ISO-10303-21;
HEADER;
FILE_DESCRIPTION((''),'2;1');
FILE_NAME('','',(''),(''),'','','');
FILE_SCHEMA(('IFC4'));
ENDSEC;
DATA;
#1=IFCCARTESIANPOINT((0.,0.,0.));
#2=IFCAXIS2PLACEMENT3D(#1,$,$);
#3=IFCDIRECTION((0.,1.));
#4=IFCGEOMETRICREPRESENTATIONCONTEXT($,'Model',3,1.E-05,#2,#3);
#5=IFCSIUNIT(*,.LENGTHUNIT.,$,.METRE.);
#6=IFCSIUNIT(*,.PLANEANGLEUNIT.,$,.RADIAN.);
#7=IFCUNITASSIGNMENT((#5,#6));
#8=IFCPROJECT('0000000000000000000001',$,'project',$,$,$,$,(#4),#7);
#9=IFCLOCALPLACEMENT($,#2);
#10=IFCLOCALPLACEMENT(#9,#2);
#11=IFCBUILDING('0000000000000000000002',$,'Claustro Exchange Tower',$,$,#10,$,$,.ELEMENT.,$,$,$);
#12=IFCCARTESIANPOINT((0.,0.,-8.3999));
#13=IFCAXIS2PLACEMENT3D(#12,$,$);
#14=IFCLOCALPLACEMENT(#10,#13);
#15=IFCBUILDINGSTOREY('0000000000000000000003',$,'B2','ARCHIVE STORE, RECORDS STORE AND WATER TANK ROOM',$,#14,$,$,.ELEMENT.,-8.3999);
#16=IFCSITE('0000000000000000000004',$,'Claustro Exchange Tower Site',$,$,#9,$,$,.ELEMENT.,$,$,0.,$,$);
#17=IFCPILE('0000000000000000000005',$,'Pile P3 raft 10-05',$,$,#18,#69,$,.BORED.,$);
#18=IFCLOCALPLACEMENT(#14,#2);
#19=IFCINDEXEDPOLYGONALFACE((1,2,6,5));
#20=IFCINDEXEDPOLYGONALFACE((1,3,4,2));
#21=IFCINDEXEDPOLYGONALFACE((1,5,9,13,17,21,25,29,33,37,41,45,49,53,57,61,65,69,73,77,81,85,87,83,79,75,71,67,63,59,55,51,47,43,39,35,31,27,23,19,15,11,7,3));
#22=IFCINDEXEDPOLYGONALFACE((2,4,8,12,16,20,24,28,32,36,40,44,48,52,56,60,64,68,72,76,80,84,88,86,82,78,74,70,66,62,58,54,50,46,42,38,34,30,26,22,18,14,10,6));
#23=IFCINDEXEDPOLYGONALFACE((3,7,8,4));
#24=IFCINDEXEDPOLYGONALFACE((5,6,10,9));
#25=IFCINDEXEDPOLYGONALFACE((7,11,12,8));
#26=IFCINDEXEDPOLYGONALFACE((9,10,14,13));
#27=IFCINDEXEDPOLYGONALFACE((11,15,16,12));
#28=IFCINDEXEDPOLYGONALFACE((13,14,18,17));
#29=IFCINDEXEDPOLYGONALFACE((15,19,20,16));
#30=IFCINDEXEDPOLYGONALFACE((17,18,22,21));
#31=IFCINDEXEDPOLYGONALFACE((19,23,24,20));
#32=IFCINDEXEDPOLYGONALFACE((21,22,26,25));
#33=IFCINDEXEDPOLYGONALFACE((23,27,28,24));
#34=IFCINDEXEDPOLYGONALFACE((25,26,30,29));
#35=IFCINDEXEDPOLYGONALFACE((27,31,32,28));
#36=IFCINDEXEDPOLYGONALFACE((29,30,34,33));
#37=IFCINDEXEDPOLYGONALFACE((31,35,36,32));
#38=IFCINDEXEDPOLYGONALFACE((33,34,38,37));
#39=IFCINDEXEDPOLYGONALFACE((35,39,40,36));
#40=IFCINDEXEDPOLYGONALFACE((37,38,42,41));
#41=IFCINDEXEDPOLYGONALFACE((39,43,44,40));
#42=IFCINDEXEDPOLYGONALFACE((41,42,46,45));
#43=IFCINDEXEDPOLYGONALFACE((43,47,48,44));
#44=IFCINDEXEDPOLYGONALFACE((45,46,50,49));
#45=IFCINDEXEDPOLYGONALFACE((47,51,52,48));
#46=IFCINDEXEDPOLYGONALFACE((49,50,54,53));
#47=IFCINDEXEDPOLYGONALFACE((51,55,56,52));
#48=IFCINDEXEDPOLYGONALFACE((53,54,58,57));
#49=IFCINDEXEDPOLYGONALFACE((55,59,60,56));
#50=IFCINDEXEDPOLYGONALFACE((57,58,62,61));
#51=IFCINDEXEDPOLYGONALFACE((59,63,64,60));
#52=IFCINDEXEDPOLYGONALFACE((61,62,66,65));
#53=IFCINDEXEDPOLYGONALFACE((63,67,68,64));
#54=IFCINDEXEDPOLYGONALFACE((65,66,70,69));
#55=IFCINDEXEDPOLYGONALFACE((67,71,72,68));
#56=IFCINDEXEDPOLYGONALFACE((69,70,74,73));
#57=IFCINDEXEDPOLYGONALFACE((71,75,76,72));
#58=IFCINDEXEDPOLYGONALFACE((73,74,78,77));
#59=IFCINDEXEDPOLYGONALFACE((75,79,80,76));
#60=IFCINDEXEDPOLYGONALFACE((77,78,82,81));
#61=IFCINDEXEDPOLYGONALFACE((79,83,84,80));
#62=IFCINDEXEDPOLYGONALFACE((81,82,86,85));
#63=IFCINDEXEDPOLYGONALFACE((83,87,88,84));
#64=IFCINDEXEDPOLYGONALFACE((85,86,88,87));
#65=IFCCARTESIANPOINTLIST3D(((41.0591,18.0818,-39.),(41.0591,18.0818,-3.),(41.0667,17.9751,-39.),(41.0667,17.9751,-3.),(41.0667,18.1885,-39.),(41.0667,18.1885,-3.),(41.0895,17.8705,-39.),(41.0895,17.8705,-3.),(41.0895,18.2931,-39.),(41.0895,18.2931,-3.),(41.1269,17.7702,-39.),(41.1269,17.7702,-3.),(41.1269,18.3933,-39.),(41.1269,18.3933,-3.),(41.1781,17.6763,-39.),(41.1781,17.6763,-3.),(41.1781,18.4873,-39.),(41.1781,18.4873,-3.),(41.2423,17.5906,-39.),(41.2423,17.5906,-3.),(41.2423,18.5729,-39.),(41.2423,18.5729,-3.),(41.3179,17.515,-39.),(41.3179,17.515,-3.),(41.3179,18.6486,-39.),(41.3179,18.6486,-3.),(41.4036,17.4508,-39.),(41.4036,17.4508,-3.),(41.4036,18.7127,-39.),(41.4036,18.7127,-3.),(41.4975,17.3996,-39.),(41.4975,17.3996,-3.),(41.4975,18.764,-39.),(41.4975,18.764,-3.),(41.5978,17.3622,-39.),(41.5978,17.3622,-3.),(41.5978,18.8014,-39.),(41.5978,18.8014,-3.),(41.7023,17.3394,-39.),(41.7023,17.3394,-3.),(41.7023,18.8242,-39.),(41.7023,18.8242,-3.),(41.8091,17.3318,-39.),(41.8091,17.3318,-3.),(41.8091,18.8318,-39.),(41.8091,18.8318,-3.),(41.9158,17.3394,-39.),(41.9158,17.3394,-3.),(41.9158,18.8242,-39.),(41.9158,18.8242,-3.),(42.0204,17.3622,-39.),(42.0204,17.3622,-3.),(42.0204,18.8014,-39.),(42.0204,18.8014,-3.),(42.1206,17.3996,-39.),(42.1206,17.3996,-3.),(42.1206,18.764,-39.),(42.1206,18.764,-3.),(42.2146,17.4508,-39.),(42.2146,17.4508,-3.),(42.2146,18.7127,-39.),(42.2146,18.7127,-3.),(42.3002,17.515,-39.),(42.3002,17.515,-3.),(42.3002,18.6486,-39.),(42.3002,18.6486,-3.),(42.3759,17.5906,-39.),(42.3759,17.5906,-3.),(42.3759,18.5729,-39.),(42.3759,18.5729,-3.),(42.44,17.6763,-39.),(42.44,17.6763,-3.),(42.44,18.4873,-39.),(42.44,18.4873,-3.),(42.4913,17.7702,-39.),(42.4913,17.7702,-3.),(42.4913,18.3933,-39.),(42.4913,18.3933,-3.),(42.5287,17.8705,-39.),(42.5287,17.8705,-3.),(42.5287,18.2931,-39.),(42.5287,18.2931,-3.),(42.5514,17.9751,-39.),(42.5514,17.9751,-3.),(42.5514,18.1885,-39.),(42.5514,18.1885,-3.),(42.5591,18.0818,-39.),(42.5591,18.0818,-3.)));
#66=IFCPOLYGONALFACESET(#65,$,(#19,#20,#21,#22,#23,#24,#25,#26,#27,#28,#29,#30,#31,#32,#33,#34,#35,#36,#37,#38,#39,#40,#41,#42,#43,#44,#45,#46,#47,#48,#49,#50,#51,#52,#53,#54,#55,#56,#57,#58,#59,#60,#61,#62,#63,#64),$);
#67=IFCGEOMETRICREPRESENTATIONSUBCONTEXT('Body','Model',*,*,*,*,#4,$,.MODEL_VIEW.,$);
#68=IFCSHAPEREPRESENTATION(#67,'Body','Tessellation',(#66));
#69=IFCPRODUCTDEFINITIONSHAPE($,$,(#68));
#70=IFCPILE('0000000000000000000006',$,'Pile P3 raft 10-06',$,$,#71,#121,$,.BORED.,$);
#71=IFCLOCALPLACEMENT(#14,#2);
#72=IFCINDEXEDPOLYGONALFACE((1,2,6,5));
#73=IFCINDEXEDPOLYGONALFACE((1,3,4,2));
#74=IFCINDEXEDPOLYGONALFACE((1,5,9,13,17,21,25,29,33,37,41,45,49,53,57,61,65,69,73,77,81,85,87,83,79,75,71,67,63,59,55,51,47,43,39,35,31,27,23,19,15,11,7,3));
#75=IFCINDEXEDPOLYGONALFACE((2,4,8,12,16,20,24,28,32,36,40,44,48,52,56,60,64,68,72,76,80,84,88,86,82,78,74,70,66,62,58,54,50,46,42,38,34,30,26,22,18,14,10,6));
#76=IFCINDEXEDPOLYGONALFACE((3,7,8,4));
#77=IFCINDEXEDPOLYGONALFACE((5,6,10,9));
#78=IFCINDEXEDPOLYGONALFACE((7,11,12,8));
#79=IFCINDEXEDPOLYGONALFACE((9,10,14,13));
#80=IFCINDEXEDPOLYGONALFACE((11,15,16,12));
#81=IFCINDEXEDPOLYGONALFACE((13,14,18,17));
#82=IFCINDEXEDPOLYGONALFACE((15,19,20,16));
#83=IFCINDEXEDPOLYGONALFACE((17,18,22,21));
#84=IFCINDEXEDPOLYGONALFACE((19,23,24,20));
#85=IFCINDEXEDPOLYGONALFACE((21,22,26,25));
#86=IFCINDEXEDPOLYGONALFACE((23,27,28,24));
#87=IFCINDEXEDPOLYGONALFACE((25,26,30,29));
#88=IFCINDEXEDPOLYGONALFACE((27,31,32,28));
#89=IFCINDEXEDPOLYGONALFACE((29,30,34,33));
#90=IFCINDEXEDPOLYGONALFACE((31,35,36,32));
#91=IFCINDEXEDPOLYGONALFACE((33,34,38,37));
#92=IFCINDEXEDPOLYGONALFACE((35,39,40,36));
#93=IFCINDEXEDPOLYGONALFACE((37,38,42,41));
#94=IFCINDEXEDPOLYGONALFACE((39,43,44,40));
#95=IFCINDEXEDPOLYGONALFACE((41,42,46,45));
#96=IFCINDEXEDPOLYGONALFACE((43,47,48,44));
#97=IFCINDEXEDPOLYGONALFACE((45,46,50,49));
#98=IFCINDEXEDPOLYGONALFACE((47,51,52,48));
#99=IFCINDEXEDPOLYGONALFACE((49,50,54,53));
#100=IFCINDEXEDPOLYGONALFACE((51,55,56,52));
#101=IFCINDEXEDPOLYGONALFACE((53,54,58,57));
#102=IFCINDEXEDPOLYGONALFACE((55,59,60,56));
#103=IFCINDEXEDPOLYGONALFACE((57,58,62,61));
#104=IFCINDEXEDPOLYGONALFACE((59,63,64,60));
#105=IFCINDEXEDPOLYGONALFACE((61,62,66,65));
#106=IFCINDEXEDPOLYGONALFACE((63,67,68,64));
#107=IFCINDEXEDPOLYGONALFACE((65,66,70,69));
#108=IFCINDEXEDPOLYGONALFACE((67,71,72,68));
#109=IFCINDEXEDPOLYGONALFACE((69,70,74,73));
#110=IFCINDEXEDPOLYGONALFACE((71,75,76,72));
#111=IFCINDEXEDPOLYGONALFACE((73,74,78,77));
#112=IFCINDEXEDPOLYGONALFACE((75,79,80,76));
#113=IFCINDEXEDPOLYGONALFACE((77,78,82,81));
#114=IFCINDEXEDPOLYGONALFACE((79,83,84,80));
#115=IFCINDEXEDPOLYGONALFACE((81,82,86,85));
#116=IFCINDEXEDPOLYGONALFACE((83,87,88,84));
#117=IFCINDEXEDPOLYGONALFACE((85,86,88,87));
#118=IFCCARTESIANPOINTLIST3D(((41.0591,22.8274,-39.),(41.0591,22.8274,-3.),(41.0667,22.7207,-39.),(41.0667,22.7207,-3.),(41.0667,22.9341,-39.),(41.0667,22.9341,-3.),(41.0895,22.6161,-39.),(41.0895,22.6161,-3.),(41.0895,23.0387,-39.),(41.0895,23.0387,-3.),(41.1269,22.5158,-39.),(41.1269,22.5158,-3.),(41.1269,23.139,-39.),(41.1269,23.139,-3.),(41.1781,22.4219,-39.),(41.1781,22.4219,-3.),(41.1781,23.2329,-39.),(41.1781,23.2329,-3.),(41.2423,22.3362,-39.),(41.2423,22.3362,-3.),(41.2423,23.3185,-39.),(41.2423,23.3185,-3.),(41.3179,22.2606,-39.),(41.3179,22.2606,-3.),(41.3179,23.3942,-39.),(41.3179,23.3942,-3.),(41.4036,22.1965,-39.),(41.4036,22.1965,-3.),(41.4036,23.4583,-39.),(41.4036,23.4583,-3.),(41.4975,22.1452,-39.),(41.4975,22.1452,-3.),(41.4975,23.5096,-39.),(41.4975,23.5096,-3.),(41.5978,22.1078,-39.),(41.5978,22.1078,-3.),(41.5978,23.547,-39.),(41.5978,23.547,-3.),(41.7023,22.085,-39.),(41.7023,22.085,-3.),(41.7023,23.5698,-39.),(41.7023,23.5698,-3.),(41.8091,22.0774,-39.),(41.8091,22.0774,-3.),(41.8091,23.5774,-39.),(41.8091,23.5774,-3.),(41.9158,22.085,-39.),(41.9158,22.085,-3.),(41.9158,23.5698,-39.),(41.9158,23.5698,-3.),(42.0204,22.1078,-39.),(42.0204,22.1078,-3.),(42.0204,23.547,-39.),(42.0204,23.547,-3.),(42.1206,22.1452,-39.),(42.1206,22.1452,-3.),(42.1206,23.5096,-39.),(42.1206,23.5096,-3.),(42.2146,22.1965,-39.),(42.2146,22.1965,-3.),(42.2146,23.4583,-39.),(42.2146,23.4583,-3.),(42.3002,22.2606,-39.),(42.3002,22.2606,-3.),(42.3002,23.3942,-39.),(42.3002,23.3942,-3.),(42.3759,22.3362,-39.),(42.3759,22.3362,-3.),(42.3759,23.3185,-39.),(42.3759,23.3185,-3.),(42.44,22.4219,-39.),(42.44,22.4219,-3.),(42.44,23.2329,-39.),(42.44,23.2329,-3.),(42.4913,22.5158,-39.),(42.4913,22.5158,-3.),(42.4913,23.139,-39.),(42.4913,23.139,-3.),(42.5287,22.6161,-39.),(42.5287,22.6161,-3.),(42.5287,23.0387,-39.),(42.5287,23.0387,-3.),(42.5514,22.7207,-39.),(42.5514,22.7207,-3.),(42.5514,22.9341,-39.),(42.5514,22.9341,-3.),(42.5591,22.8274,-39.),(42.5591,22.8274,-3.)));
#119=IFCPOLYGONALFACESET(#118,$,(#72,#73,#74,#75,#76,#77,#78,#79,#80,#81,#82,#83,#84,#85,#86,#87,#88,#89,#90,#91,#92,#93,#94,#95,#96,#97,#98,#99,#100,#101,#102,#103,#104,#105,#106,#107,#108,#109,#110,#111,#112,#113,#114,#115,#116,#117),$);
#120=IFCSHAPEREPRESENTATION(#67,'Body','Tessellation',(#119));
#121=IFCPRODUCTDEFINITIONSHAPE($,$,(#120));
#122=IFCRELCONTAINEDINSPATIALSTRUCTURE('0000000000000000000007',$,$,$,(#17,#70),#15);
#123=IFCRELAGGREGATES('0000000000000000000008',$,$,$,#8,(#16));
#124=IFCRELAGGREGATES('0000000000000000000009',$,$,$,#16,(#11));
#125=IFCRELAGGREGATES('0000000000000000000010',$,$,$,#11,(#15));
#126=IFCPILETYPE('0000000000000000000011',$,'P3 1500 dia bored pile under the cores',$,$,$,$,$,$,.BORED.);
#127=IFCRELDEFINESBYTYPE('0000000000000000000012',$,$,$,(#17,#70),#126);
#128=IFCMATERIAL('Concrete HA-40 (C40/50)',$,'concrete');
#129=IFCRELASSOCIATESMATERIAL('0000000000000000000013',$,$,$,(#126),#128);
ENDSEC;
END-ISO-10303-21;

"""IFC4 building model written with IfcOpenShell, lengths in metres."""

from ifc_helpers import new_model, si_unit, direction, frame, origin, origin_2d, place, context, subcontext, project, spatial, circle, extrude, material, type_object, element, save


model = new_model("IFC4")

# Units and contexts
model_context = context("Model", 3, precision=1e-05, world=origin(), true_north=direction((0.0, 1.0)))
body_context = subcontext(model_context, "Body", "Model", "MODEL_VIEW")
ifc_project = project(units=[si_unit("LENGTHUNIT", "METRE"), si_unit("PLANEANGLEUNIT", "RADIAN")], contexts=[model_context])

# Site, building, storey
site_placement = place(None, origin())
site = spatial("IfcSite", under=ifc_project, at=site_placement, Name="Claustro Exchange Tower Site", CompositionType="ELEMENT", RefElevation=0.0)
building_placement = place(site_placement, origin())
building = spatial("IfcBuilding", under=site, at=building_placement, Name="Claustro Exchange Tower", CompositionType="ELEMENT")
storey_placement = place(building_placement, frame((0.0, 0.0, -8.3999)))
storey = spatial("IfcBuildingStorey", under=building, at=storey_placement, Name="B2", Description="ARCHIVE STORE, RECORDS STORE AND WATER TANK ROOM", CompositionType="ELEMENT", Elevation=-8.3999)

# Piles
ifc_material_1 = material(Name="Concrete HA-40 (C40/50)", Category="concrete")
pile_type_1 = type_object("IfcPileType", Name="P3 1500 dia bored pile under the cores", PredefinedType="BORED", material=ifc_material_1)
for number, where, z_axis, x_axis, name in (
    (1, (41.8091, 18.0818, -3.0), (0.0, 0.0, -1.0), (1.0, 0.0, 0.0), "Pile P3 raft 10-05"),
    (2, (41.8091, 22.8274, -3.0), (0.0, 0.0, -1.0), (1.0, 0.0, 0.0), "Pile P3 raft 10-06"),
):
    element("IfcPile", number, at=place(storey_placement, frame(where, z_axis=z_axis, x_axis=x_axis)), inside=storey, type_object=pile_type_1, Name=name, PredefinedType="BORED", context=body_context, shape_type="SweptSolid", body=[
        extrude(circle(Radius=0.75, at=origin_2d()), origin(), (0.0, 0.0, 1.0), 36.0),
    ])

save(model, "model.ifc")
